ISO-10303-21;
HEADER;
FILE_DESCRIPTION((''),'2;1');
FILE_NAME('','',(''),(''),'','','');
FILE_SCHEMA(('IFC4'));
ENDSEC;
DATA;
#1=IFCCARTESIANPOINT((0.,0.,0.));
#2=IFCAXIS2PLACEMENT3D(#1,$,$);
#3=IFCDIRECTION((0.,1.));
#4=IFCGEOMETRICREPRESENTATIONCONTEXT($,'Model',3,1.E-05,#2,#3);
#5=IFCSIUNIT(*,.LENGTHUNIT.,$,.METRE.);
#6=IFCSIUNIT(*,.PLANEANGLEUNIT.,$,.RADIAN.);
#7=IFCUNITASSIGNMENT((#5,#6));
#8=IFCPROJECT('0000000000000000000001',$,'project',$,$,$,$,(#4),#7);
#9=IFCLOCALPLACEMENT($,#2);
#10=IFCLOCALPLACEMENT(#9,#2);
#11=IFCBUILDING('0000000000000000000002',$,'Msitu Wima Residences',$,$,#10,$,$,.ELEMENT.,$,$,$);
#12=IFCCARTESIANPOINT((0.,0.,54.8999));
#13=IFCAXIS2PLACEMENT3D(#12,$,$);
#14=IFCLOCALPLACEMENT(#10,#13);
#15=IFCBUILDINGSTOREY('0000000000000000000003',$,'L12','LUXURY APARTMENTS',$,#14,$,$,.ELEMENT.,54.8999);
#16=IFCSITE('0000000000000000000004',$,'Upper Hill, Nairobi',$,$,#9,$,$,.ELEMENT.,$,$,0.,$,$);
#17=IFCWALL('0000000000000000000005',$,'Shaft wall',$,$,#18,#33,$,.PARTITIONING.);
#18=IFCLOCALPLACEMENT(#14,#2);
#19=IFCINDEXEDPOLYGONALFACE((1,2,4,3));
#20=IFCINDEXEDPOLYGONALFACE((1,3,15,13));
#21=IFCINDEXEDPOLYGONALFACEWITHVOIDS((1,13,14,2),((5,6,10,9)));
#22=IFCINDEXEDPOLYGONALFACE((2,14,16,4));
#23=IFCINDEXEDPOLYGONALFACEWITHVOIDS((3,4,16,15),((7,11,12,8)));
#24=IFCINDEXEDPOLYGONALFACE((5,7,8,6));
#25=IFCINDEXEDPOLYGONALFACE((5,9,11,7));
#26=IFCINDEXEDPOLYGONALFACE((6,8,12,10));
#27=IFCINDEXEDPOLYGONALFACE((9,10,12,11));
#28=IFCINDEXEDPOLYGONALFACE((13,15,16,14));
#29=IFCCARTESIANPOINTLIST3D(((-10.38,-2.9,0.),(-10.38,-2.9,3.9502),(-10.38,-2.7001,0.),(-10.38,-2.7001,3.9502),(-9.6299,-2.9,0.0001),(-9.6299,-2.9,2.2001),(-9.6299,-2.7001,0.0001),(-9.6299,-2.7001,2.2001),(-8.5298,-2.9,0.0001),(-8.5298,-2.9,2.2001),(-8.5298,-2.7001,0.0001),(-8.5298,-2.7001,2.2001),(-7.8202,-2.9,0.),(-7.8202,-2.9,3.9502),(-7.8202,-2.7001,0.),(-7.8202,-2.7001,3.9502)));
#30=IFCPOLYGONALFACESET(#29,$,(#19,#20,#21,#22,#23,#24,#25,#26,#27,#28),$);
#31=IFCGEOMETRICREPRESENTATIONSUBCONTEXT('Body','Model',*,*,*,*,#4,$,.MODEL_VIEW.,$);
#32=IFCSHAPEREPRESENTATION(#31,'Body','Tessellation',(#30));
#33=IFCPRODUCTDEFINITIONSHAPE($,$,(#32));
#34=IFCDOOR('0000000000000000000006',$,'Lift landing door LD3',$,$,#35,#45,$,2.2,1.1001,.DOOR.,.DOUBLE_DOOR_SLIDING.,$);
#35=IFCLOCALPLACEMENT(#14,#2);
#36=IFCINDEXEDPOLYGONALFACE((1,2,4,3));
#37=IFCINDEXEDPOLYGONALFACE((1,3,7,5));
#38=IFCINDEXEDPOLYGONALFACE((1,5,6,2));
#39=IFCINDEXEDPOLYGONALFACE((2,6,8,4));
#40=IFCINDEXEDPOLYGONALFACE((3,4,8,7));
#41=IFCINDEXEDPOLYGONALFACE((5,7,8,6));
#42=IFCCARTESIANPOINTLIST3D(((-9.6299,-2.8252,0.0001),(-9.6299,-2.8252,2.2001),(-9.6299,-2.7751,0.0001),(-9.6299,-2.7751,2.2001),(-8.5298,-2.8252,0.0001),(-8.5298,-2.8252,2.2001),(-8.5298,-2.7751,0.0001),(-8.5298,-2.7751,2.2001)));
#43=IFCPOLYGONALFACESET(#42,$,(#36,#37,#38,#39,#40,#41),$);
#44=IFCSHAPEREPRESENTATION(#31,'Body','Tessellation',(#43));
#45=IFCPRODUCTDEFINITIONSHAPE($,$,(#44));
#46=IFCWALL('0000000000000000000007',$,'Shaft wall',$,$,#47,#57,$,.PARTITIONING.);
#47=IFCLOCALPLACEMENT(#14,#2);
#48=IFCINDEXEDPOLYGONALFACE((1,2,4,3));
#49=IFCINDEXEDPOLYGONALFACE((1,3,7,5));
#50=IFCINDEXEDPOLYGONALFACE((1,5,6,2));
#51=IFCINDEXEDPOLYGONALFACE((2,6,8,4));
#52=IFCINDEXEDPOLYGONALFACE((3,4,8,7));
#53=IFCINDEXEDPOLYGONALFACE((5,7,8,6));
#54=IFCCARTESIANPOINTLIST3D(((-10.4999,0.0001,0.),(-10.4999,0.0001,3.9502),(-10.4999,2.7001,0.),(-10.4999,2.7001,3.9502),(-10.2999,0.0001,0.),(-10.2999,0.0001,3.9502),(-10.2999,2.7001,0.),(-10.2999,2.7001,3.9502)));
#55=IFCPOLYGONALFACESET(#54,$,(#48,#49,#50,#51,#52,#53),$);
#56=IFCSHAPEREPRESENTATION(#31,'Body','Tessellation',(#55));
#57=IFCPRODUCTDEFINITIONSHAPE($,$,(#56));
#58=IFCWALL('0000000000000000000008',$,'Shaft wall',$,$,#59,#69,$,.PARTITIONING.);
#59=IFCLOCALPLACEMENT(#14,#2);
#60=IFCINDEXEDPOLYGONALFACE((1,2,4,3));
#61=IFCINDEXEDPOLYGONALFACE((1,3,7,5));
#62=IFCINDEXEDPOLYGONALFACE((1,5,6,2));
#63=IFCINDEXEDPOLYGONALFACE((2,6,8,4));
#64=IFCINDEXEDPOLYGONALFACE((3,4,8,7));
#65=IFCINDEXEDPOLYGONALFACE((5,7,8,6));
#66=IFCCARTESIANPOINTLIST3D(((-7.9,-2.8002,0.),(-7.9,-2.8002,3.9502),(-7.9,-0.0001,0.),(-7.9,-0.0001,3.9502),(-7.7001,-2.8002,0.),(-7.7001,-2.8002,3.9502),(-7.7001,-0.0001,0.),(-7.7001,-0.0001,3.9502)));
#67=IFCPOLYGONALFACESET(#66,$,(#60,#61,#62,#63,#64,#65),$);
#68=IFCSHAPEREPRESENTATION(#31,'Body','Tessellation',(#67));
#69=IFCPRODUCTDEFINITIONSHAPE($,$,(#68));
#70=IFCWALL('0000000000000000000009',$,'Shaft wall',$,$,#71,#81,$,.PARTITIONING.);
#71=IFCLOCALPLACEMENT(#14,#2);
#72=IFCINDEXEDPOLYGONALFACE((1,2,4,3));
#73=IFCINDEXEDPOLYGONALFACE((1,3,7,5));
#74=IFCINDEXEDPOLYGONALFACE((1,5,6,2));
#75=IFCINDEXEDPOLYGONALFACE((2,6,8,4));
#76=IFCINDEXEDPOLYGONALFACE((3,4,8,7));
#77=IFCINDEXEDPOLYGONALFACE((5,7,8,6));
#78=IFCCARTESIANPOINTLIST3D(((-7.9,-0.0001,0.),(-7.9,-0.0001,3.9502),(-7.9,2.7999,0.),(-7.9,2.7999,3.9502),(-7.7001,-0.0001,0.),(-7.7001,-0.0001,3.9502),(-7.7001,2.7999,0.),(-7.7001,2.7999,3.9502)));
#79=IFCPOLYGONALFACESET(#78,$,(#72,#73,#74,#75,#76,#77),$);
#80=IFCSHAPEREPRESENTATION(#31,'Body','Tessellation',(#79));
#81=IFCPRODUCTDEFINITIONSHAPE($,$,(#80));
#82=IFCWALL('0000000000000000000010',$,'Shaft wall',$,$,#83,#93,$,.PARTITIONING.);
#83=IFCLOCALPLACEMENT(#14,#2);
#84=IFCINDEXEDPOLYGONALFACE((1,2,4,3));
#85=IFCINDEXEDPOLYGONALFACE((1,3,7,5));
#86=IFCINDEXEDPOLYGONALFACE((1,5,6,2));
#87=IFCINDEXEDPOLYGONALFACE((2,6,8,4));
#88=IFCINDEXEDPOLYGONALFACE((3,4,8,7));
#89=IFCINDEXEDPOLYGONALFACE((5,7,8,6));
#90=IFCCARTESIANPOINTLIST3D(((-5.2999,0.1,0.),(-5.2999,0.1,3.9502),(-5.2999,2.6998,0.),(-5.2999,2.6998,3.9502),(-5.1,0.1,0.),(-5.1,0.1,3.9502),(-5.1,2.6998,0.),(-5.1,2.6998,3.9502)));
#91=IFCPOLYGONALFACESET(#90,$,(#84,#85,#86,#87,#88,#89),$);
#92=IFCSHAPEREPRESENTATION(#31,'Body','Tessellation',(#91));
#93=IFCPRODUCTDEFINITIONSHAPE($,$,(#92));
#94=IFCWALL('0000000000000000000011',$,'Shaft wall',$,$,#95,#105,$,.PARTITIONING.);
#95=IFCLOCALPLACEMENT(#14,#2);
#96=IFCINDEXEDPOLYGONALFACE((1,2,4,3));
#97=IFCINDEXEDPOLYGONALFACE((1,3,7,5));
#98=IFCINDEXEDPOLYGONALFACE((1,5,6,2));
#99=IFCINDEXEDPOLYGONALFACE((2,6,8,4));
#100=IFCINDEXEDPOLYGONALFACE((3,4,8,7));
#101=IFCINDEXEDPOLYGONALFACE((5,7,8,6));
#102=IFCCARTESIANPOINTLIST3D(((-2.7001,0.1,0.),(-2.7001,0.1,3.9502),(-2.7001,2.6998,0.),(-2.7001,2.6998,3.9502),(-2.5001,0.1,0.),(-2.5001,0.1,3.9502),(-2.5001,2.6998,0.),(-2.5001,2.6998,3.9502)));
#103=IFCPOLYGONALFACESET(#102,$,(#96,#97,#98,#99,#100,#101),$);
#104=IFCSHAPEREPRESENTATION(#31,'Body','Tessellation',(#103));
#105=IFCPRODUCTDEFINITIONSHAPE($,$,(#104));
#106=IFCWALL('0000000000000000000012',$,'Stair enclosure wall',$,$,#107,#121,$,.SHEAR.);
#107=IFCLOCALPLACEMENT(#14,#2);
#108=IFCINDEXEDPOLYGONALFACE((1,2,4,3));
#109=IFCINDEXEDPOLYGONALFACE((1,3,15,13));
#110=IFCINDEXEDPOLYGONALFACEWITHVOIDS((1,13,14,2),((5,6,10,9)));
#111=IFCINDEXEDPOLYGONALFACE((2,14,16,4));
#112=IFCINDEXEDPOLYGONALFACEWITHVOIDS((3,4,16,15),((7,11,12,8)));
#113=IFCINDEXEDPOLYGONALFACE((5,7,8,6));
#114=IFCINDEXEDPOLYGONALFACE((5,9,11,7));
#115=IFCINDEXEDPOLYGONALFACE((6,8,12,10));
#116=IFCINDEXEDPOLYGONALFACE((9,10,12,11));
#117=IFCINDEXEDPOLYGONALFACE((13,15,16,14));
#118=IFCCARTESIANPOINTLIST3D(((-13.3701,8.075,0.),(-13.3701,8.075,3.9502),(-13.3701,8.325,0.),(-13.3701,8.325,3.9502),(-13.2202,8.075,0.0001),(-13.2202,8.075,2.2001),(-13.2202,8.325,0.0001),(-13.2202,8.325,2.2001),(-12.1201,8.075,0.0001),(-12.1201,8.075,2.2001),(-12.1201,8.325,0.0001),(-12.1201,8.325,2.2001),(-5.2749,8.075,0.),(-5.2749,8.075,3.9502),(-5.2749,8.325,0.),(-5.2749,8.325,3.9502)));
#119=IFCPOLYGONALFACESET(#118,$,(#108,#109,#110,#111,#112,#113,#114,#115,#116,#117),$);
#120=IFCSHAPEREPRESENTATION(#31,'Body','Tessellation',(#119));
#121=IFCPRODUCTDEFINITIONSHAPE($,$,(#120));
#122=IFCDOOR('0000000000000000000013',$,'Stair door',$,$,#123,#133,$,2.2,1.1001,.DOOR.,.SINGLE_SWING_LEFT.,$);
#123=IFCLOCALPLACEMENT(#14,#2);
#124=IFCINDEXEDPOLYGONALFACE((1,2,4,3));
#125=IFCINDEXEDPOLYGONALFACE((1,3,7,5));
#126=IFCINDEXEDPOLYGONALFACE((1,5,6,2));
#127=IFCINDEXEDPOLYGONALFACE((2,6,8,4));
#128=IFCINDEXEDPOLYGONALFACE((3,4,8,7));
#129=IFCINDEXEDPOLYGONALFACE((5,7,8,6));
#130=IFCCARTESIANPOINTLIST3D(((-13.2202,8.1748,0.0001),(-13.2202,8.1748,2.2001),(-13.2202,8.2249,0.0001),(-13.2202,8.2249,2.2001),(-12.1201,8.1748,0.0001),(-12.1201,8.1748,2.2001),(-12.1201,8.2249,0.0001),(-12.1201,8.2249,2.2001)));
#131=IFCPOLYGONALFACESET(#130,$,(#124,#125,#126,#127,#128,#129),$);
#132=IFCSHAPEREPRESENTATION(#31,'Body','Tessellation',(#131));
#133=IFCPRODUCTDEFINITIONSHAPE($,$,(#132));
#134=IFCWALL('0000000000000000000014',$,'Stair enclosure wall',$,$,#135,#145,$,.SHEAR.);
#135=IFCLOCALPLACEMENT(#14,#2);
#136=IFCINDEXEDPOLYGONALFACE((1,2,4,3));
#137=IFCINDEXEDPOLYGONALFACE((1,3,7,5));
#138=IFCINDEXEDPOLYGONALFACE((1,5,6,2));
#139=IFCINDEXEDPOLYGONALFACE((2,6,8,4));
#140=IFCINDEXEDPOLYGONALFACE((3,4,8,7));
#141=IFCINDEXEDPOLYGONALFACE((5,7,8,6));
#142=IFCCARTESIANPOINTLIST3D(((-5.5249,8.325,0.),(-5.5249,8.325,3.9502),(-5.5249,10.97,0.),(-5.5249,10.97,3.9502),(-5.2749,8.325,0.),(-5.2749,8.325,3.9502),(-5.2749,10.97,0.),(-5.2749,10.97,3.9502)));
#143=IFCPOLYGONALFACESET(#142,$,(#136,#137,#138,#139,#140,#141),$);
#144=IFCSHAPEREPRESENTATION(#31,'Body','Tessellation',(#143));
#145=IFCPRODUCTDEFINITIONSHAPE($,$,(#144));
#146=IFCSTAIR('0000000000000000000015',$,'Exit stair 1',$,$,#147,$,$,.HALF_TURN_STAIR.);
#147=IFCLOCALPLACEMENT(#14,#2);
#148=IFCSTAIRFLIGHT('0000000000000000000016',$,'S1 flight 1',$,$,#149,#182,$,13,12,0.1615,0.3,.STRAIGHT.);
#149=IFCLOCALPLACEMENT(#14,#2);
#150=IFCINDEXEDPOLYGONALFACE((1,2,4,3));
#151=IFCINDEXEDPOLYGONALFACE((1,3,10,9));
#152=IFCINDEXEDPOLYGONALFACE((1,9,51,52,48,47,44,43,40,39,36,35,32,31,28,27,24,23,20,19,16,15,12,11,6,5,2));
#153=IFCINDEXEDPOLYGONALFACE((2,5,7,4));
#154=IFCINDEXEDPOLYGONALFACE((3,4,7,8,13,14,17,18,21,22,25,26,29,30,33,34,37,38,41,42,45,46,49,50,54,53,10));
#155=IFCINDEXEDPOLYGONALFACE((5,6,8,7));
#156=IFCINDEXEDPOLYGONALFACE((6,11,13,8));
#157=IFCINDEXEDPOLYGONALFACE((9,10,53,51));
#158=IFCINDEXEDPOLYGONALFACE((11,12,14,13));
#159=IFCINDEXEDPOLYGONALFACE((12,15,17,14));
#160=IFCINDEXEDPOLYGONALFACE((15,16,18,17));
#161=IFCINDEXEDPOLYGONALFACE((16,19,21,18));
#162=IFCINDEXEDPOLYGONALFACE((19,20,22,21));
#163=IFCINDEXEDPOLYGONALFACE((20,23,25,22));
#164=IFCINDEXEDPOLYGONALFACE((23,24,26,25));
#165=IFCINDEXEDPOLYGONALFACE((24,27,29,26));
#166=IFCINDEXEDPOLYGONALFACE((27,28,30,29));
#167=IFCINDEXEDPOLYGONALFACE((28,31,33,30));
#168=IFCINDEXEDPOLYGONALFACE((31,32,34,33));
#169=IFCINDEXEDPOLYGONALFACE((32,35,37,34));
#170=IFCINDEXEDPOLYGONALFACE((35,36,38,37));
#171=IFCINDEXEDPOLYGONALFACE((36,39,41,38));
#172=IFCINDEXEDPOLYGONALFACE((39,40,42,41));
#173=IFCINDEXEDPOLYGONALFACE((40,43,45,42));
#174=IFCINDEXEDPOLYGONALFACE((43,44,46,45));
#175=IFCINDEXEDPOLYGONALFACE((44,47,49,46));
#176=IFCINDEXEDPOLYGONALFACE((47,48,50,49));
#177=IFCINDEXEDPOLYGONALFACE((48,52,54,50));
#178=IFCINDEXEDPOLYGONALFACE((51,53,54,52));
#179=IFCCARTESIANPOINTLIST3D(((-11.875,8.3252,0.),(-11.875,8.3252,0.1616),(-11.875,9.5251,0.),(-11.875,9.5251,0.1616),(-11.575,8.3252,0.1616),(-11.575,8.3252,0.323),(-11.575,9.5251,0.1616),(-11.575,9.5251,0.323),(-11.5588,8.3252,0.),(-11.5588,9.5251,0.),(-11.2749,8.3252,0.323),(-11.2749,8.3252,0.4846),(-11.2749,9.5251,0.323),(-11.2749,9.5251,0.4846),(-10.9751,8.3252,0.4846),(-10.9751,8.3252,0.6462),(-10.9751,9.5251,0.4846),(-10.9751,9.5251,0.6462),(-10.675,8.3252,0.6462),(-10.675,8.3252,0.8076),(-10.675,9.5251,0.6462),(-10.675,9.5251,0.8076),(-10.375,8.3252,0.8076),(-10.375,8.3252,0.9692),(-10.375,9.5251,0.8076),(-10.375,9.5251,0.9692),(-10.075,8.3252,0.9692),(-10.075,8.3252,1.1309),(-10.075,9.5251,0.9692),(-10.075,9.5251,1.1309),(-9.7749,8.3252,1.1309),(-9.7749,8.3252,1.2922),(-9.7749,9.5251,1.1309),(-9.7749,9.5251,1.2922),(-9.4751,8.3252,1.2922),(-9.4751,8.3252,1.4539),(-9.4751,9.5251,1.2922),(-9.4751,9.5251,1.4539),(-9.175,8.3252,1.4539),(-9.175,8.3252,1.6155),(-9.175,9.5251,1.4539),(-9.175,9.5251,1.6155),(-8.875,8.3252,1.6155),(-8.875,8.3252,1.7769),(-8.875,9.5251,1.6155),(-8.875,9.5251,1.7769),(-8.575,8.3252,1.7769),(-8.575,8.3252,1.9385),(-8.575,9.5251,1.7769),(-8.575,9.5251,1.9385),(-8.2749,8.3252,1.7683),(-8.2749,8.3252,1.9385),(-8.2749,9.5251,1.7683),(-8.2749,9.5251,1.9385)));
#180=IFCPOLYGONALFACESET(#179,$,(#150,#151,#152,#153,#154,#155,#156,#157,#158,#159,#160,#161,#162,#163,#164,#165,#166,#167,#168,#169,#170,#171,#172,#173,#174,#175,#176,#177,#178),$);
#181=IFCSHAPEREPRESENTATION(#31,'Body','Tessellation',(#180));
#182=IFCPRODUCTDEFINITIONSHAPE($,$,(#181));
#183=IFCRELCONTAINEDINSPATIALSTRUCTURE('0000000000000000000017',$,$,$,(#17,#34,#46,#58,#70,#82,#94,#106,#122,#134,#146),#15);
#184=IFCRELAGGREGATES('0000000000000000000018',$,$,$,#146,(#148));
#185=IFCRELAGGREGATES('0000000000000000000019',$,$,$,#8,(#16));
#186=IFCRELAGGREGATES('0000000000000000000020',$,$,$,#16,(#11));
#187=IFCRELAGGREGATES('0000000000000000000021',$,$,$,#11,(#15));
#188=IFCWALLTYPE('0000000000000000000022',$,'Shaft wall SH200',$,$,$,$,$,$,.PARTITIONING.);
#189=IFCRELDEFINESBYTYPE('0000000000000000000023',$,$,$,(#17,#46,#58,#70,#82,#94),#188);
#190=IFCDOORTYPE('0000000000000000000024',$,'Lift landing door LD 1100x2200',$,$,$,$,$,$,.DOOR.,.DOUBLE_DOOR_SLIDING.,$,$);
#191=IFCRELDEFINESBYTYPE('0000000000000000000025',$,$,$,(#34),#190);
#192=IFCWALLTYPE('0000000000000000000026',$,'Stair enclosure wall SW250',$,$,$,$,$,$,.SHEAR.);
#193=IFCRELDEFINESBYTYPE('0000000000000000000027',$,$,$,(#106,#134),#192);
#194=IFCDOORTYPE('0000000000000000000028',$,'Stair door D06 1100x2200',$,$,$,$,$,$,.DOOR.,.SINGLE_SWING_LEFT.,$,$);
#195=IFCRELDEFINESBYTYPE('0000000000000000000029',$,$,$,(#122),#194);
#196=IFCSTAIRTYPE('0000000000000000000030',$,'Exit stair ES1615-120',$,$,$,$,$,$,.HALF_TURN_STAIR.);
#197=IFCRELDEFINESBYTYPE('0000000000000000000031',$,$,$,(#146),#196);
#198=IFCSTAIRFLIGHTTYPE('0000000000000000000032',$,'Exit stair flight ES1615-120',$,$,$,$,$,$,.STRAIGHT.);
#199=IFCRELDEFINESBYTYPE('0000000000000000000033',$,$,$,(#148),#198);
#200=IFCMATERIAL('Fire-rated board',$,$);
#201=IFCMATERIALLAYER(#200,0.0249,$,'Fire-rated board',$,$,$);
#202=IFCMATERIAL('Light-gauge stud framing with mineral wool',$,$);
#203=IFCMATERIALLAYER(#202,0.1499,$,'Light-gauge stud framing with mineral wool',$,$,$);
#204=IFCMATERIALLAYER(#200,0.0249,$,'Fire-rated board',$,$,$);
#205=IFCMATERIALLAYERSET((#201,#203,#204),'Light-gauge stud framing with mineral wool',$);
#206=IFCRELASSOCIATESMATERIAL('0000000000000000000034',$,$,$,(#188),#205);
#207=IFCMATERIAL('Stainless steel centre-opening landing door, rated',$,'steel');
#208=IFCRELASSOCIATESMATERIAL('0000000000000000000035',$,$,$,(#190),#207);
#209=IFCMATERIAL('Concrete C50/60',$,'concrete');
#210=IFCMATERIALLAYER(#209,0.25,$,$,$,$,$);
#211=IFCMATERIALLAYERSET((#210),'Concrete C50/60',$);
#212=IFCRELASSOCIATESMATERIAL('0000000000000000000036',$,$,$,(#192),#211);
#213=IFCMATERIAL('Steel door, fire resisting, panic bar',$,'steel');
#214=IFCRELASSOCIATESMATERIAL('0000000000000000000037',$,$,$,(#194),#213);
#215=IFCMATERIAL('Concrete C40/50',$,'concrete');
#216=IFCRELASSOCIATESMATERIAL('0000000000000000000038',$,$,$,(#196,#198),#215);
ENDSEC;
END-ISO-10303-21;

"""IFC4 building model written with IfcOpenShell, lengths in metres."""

from ifc_helpers import new_model, si_unit, direction, frame, frame_2d, origin, place, context, subcontext, project, spatial, polyline, rectangle, outline, extrude, material, layer, layer_set, type_object, element, fill, aggregate, save


model = new_model("IFC4")

# Units and contexts
model_context = context("Model", 3, precision=1e-05, world=origin(), true_north=direction((0.0, 1.0)))
body_context = subcontext(model_context, "Body", "Model", "MODEL_VIEW")
ifc_project = project(units=[si_unit("LENGTHUNIT", "METRE"), si_unit("PLANEANGLEUNIT", "RADIAN")], contexts=[model_context])

# Site, building, storey
site_placement = place(None, origin())
site = spatial("IfcSite", under=ifc_project, at=site_placement, Name="Upper Hill, Nairobi", CompositionType="ELEMENT", RefElevation=0.0)
building_placement = place(site_placement, origin())
building = spatial("IfcBuilding", under=site, at=building_placement, Name="Msitu Wima Residences", CompositionType="ELEMENT")
storey_placement = place(building_placement, frame((0.0, 0.0, 54.8999)))
storey = spatial("IfcBuildingStorey", under=building, at=storey_placement, Name="L12", Description="LUXURY APARTMENTS", CompositionType="ELEMENT", Elevation=54.8999)

# Shared definitions
ifc_material_1 = material(Name="Concrete C40/50", Category="concrete")

# Shared definitions
ifc_material_2 = material(Name="Fire-rated board")
ifc_layer_1 = layer(ifc_material_2, 0.0249, Name="Fire-rated board")
ifc_material_3 = material(Name="Light-gauge stud framing with mineral wool")
ifc_layer_2 = layer(ifc_material_3, 0.1499, Name="Light-gauge stud framing with mineral wool")
ifc_layer_3 = layer(ifc_material_2, 0.0249, Name="Fire-rated board")
ifc_layer_set_1 = layer_set([ifc_layer_1, ifc_layer_2, ifc_layer_3], Name="Light-gauge stud framing with mineral wool")
wall_type_1 = type_object("IfcWallType", Name="Shaft wall SH200", PredefinedType="PARTITIONING", material=ifc_layer_set_1)

# Wall, opening, door
wall_1_placement = place(storey_placement, frame((-10.3799, -2.8, 0.0), z_axis=(0.0, 0.0, 1.0), x_axis=(1.0, 0.0, 0.0)))
wall_1 = element("IfcWall", 1, at=wall_1_placement, inside=storey, type_object=wall_type_1, Name="Shaft wall", PredefinedType="PARTITIONING", context=body_context, shape_type="SweptSolid", body=[
    extrude(rectangle(XDim=2.5598, YDim=0.2, at=frame_2d((1.2798, 0.0))), origin(), (0.0, 0.0, 1.0), 3.9502),
])
opening_1_placement = place(wall_1_placement, frame((0.75, 0.0, 0.0)))
opening_1 = element("IfcOpeningElement", 2, at=opening_1_placement, cuts=wall_1, PredefinedType="OPENING", context=body_context, shape_type="SweptSolid", body=[
    extrude(rectangle(XDim=1.1001, YDim=2.2, at=frame_2d((0.55, 1.1001))), frame((0.0, 0.1099, 0.0), z_axis=(0.0, -1.0, 0.0), x_axis=(1.0, 0.0, 0.0)), (0.0, 0.0, 1.0), 0.22),
])
ifc_material_4 = material(Name="Stainless steel centre-opening landing door, rated", Category="steel")
door_type_1 = type_object("IfcDoorType", Name="Lift landing door LD 1100x2200", OperationType="DOUBLE_DOOR_SLIDING", PredefinedType="DOOR", material=ifc_material_4)
door_1_placement = place(opening_1_placement, origin())
door_1 = element("IfcDoor", 3, at=door_1_placement, inside=storey, type_object=door_type_1, Name="Lift landing door LD3", OperationType="DOUBLE_DOOR_SLIDING", OverallHeight=2.2, OverallWidth=1.1001, PredefinedType="DOOR", context=body_context, shape_type="SweptSolid", body=[
    extrude(rectangle(XDim=1.1001, YDim=2.2, at=frame_2d((0.55, 1.1001))), frame((0.0, 0.0249, 0.0), z_axis=(0.0, -1.0, 0.0), x_axis=(1.0, 0.0, 0.0)), (0.0, 0.0, 1.0), 0.05),
])
fill(opening_1, door_1)

# Walls
wall_2_placement = place(storey_placement, frame((-10.3999, 0.0, 0.0), z_axis=(0.0, 0.0, 1.0), x_axis=(0.0, 1.0, 0.0)))
element("IfcWall", 4, at=wall_2_placement, inside=storey, type_object=wall_type_1, Name="Shaft wall", PredefinedType="PARTITIONING", context=body_context, shape_type="SweptSolid", body=[
    extrude(rectangle(XDim=2.7, YDim=0.2, at=frame_2d((1.3501, 0.0))), origin(), (0.0, 0.0, 1.0), 3.9502),
])
for number, where, z_axis, x_axis, name in (
    (5, (-7.8, -2.8, 0.0), (0.0, 0.0, 1.0), (0.0, 1.0, 0.0), "Shaft wall"),
    (6, (-7.8, 0.0, 0.0), (0.0, 0.0, 1.0), (0.0, 1.0, 0.0), "Shaft wall"),
):
    element("IfcWall", number, at=place(storey_placement, frame(where, z_axis=z_axis, x_axis=x_axis)), inside=storey, type_object=wall_type_1, Name=name, PredefinedType="PARTITIONING", context=body_context, shape_type="SweptSolid", body=[
        extrude(rectangle(XDim=2.8, YDim=0.2, at=frame_2d((1.3999, 0.0))), origin(), (0.0, 0.0, 1.0), 3.9502),
    ])
for number, where, z_axis, x_axis, name in (
    (7, (-5.2, 0.1001, 0.0), (0.0, 0.0, 1.0), (0.0, 1.0, 0.0), "Shaft wall"),
    (8, (-2.6001, 0.1001, 0.0), (0.0, 0.0, 1.0), (0.0, 1.0, 0.0), "Shaft wall"),
):
    element("IfcWall", number, at=place(storey_placement, frame(where, z_axis=z_axis, x_axis=x_axis)), inside=storey, type_object=wall_type_1, Name=name, PredefinedType="PARTITIONING", context=body_context, shape_type="SweptSolid", body=[
        extrude(rectangle(XDim=2.5999, YDim=0.2, at=frame_2d((1.2998, 0.0))), origin(), (0.0, 0.0, 1.0), 3.9502),
    ])

# Wall, opening, door
ifc_material_5 = material(Name="Concrete C50/60", Category="concrete")
ifc_layer_4 = layer(ifc_material_5, 0.25)
ifc_layer_set_2 = layer_set([ifc_layer_4], Name="Concrete C50/60")
wall_type_2 = type_object("IfcWallType", Name="Stair enclosure wall SW250", PredefinedType="SHEAR", material=ifc_layer_set_2)
wall_3_placement = place(storey_placement, frame((-13.3701, 8.2, 0.0), z_axis=(0.0, 0.0, 1.0), x_axis=(1.0, 0.0, 0.0)))
wall_3 = element("IfcWall", 9, at=wall_3_placement, inside=storey, type_object=wall_type_2, Name="Stair enclosure wall", PredefinedType="SHEAR", context=body_context, shape_type="SweptSolid", body=[
    extrude(rectangle(XDim=8.0952, YDim=0.25, at=frame_2d((4.0476, 0.0))), origin(), (0.0, 0.0, 1.0), 3.9502),
])
opening_2_placement = place(wall_3_placement, frame((0.1499, 0.0, 0.0)))
opening_2 = element("IfcOpeningElement", 10, at=opening_2_placement, cuts=wall_3, PredefinedType="OPENING", context=body_context, shape_type="SweptSolid", body=[
    extrude(rectangle(XDim=1.1001, YDim=2.2, at=frame_2d((0.55, 1.1001))), frame((0.0, 0.135, 0.0), z_axis=(0.0, -1.0, 0.0), x_axis=(1.0, 0.0, 0.0)), (0.0, 0.0, 1.0), 0.27),
])
ifc_material_6 = material(Name="Steel door, fire resisting, panic bar", Category="steel")
door_type_2 = type_object("IfcDoorType", Name="Stair door D06 1100x2200", OperationType="SINGLE_SWING_LEFT", PredefinedType="DOOR", material=ifc_material_6)
door_2_placement = place(opening_2_placement, origin())
door_2 = element("IfcDoor", 11, at=door_2_placement, inside=storey, type_object=door_type_2, Name="Stair door", OperationType="SINGLE_SWING_LEFT", OverallHeight=2.2, OverallWidth=1.1001, PredefinedType="DOOR", context=body_context, shape_type="SweptSolid", body=[
    extrude(rectangle(XDim=1.1001, YDim=2.2, at=frame_2d((0.55, 1.1001))), frame((0.0, 0.0249, 0.0), z_axis=(0.0, -1.0, 0.0), x_axis=(1.0, 0.0, 0.0)), (0.0, 0.0, 1.0), 0.05),
])
fill(opening_2, door_2)

# Wall
wall_4_placement = place(storey_placement, frame((-5.3999, 8.325, 0.0), z_axis=(0.0, 0.0, 1.0), x_axis=(0.0, 1.0, 0.0)))
element("IfcWall", 12, at=wall_4_placement, inside=storey, type_object=wall_type_2, Name="Stair enclosure wall", PredefinedType="SHEAR", context=body_context, shape_type="SweptSolid", body=[
    extrude(rectangle(XDim=2.645, YDim=0.25, at=frame_2d((1.3225, 0.0))), origin(), (0.0, 0.0, 1.0), 3.9502),
])

# Stair, stair flight
stair_type = type_object("IfcStairType", Name="Exit stair ES1615-120", PredefinedType="HALF_TURN_STAIR", material=ifc_material_1)
stair_placement = place(storey_placement, origin())
stair = element("IfcStair", 13, at=stair_placement, inside=storey, type_object=stair_type, Name="Exit stair 1", PredefinedType="HALF_TURN_STAIR")
stair_flight_type = type_object("IfcStairFlightType", Name="Exit stair flight ES1615-120", PredefinedType="STRAIGHT", material=ifc_material_1)
stair_flight_1_placement = place(storey_placement, frame((-11.875, 8.925, 0.0), z_axis=(0.0, 0.0, 1.0), x_axis=(1.0, 0.0, 0.0)))
stair_flight_1 = element("IfcStairFlight", 14, at=stair_flight_1_placement, type_object=stair_flight_type, Name="S1 flight 1", NumberOfRisers=13, NumberOfTreads=12, PredefinedType="STRAIGHT", RiserHeight=0.1615, TreadLength=0.3, context=body_context, shape_type="SweptSolid", body=[
    extrude(outline(polyline([(0.0, 0.0), (0.0, 0.1616), (0.3, 0.1616), (0.3, 0.323), (0.6001, 0.323), (0.6001, 0.4846), (0.8999, 0.4846), (0.8999, 0.6462), (1.2, 0.6462), (1.2, 0.8076), (1.5, 0.8076), (1.5, 0.9692), (1.8, 0.9692), (1.8, 1.1309), (2.1001, 1.1309), (2.1001, 1.2922), (2.3999, 1.2922), (2.3999, 1.4539), (2.7, 1.4539), (2.7, 1.6155), (3.0, 1.6155), (3.0, 1.7769), (3.3, 1.7769), (3.3, 1.9385), (3.6001, 1.9385), (3.6001, 2.1001), (3.6001, 1.7683), (0.3162, 0.0), (0.0, 0.0)])), frame((0.0, 0.6001, 0.0), z_axis=(0.0, -1.0, 0.0), x_axis=(1.0, 0.0, 0.0)), (0.0, 0.0, 1.0), 1.2),
])
aggregate(stair, [stair_flight_1])

save(model, "model.ifc")
